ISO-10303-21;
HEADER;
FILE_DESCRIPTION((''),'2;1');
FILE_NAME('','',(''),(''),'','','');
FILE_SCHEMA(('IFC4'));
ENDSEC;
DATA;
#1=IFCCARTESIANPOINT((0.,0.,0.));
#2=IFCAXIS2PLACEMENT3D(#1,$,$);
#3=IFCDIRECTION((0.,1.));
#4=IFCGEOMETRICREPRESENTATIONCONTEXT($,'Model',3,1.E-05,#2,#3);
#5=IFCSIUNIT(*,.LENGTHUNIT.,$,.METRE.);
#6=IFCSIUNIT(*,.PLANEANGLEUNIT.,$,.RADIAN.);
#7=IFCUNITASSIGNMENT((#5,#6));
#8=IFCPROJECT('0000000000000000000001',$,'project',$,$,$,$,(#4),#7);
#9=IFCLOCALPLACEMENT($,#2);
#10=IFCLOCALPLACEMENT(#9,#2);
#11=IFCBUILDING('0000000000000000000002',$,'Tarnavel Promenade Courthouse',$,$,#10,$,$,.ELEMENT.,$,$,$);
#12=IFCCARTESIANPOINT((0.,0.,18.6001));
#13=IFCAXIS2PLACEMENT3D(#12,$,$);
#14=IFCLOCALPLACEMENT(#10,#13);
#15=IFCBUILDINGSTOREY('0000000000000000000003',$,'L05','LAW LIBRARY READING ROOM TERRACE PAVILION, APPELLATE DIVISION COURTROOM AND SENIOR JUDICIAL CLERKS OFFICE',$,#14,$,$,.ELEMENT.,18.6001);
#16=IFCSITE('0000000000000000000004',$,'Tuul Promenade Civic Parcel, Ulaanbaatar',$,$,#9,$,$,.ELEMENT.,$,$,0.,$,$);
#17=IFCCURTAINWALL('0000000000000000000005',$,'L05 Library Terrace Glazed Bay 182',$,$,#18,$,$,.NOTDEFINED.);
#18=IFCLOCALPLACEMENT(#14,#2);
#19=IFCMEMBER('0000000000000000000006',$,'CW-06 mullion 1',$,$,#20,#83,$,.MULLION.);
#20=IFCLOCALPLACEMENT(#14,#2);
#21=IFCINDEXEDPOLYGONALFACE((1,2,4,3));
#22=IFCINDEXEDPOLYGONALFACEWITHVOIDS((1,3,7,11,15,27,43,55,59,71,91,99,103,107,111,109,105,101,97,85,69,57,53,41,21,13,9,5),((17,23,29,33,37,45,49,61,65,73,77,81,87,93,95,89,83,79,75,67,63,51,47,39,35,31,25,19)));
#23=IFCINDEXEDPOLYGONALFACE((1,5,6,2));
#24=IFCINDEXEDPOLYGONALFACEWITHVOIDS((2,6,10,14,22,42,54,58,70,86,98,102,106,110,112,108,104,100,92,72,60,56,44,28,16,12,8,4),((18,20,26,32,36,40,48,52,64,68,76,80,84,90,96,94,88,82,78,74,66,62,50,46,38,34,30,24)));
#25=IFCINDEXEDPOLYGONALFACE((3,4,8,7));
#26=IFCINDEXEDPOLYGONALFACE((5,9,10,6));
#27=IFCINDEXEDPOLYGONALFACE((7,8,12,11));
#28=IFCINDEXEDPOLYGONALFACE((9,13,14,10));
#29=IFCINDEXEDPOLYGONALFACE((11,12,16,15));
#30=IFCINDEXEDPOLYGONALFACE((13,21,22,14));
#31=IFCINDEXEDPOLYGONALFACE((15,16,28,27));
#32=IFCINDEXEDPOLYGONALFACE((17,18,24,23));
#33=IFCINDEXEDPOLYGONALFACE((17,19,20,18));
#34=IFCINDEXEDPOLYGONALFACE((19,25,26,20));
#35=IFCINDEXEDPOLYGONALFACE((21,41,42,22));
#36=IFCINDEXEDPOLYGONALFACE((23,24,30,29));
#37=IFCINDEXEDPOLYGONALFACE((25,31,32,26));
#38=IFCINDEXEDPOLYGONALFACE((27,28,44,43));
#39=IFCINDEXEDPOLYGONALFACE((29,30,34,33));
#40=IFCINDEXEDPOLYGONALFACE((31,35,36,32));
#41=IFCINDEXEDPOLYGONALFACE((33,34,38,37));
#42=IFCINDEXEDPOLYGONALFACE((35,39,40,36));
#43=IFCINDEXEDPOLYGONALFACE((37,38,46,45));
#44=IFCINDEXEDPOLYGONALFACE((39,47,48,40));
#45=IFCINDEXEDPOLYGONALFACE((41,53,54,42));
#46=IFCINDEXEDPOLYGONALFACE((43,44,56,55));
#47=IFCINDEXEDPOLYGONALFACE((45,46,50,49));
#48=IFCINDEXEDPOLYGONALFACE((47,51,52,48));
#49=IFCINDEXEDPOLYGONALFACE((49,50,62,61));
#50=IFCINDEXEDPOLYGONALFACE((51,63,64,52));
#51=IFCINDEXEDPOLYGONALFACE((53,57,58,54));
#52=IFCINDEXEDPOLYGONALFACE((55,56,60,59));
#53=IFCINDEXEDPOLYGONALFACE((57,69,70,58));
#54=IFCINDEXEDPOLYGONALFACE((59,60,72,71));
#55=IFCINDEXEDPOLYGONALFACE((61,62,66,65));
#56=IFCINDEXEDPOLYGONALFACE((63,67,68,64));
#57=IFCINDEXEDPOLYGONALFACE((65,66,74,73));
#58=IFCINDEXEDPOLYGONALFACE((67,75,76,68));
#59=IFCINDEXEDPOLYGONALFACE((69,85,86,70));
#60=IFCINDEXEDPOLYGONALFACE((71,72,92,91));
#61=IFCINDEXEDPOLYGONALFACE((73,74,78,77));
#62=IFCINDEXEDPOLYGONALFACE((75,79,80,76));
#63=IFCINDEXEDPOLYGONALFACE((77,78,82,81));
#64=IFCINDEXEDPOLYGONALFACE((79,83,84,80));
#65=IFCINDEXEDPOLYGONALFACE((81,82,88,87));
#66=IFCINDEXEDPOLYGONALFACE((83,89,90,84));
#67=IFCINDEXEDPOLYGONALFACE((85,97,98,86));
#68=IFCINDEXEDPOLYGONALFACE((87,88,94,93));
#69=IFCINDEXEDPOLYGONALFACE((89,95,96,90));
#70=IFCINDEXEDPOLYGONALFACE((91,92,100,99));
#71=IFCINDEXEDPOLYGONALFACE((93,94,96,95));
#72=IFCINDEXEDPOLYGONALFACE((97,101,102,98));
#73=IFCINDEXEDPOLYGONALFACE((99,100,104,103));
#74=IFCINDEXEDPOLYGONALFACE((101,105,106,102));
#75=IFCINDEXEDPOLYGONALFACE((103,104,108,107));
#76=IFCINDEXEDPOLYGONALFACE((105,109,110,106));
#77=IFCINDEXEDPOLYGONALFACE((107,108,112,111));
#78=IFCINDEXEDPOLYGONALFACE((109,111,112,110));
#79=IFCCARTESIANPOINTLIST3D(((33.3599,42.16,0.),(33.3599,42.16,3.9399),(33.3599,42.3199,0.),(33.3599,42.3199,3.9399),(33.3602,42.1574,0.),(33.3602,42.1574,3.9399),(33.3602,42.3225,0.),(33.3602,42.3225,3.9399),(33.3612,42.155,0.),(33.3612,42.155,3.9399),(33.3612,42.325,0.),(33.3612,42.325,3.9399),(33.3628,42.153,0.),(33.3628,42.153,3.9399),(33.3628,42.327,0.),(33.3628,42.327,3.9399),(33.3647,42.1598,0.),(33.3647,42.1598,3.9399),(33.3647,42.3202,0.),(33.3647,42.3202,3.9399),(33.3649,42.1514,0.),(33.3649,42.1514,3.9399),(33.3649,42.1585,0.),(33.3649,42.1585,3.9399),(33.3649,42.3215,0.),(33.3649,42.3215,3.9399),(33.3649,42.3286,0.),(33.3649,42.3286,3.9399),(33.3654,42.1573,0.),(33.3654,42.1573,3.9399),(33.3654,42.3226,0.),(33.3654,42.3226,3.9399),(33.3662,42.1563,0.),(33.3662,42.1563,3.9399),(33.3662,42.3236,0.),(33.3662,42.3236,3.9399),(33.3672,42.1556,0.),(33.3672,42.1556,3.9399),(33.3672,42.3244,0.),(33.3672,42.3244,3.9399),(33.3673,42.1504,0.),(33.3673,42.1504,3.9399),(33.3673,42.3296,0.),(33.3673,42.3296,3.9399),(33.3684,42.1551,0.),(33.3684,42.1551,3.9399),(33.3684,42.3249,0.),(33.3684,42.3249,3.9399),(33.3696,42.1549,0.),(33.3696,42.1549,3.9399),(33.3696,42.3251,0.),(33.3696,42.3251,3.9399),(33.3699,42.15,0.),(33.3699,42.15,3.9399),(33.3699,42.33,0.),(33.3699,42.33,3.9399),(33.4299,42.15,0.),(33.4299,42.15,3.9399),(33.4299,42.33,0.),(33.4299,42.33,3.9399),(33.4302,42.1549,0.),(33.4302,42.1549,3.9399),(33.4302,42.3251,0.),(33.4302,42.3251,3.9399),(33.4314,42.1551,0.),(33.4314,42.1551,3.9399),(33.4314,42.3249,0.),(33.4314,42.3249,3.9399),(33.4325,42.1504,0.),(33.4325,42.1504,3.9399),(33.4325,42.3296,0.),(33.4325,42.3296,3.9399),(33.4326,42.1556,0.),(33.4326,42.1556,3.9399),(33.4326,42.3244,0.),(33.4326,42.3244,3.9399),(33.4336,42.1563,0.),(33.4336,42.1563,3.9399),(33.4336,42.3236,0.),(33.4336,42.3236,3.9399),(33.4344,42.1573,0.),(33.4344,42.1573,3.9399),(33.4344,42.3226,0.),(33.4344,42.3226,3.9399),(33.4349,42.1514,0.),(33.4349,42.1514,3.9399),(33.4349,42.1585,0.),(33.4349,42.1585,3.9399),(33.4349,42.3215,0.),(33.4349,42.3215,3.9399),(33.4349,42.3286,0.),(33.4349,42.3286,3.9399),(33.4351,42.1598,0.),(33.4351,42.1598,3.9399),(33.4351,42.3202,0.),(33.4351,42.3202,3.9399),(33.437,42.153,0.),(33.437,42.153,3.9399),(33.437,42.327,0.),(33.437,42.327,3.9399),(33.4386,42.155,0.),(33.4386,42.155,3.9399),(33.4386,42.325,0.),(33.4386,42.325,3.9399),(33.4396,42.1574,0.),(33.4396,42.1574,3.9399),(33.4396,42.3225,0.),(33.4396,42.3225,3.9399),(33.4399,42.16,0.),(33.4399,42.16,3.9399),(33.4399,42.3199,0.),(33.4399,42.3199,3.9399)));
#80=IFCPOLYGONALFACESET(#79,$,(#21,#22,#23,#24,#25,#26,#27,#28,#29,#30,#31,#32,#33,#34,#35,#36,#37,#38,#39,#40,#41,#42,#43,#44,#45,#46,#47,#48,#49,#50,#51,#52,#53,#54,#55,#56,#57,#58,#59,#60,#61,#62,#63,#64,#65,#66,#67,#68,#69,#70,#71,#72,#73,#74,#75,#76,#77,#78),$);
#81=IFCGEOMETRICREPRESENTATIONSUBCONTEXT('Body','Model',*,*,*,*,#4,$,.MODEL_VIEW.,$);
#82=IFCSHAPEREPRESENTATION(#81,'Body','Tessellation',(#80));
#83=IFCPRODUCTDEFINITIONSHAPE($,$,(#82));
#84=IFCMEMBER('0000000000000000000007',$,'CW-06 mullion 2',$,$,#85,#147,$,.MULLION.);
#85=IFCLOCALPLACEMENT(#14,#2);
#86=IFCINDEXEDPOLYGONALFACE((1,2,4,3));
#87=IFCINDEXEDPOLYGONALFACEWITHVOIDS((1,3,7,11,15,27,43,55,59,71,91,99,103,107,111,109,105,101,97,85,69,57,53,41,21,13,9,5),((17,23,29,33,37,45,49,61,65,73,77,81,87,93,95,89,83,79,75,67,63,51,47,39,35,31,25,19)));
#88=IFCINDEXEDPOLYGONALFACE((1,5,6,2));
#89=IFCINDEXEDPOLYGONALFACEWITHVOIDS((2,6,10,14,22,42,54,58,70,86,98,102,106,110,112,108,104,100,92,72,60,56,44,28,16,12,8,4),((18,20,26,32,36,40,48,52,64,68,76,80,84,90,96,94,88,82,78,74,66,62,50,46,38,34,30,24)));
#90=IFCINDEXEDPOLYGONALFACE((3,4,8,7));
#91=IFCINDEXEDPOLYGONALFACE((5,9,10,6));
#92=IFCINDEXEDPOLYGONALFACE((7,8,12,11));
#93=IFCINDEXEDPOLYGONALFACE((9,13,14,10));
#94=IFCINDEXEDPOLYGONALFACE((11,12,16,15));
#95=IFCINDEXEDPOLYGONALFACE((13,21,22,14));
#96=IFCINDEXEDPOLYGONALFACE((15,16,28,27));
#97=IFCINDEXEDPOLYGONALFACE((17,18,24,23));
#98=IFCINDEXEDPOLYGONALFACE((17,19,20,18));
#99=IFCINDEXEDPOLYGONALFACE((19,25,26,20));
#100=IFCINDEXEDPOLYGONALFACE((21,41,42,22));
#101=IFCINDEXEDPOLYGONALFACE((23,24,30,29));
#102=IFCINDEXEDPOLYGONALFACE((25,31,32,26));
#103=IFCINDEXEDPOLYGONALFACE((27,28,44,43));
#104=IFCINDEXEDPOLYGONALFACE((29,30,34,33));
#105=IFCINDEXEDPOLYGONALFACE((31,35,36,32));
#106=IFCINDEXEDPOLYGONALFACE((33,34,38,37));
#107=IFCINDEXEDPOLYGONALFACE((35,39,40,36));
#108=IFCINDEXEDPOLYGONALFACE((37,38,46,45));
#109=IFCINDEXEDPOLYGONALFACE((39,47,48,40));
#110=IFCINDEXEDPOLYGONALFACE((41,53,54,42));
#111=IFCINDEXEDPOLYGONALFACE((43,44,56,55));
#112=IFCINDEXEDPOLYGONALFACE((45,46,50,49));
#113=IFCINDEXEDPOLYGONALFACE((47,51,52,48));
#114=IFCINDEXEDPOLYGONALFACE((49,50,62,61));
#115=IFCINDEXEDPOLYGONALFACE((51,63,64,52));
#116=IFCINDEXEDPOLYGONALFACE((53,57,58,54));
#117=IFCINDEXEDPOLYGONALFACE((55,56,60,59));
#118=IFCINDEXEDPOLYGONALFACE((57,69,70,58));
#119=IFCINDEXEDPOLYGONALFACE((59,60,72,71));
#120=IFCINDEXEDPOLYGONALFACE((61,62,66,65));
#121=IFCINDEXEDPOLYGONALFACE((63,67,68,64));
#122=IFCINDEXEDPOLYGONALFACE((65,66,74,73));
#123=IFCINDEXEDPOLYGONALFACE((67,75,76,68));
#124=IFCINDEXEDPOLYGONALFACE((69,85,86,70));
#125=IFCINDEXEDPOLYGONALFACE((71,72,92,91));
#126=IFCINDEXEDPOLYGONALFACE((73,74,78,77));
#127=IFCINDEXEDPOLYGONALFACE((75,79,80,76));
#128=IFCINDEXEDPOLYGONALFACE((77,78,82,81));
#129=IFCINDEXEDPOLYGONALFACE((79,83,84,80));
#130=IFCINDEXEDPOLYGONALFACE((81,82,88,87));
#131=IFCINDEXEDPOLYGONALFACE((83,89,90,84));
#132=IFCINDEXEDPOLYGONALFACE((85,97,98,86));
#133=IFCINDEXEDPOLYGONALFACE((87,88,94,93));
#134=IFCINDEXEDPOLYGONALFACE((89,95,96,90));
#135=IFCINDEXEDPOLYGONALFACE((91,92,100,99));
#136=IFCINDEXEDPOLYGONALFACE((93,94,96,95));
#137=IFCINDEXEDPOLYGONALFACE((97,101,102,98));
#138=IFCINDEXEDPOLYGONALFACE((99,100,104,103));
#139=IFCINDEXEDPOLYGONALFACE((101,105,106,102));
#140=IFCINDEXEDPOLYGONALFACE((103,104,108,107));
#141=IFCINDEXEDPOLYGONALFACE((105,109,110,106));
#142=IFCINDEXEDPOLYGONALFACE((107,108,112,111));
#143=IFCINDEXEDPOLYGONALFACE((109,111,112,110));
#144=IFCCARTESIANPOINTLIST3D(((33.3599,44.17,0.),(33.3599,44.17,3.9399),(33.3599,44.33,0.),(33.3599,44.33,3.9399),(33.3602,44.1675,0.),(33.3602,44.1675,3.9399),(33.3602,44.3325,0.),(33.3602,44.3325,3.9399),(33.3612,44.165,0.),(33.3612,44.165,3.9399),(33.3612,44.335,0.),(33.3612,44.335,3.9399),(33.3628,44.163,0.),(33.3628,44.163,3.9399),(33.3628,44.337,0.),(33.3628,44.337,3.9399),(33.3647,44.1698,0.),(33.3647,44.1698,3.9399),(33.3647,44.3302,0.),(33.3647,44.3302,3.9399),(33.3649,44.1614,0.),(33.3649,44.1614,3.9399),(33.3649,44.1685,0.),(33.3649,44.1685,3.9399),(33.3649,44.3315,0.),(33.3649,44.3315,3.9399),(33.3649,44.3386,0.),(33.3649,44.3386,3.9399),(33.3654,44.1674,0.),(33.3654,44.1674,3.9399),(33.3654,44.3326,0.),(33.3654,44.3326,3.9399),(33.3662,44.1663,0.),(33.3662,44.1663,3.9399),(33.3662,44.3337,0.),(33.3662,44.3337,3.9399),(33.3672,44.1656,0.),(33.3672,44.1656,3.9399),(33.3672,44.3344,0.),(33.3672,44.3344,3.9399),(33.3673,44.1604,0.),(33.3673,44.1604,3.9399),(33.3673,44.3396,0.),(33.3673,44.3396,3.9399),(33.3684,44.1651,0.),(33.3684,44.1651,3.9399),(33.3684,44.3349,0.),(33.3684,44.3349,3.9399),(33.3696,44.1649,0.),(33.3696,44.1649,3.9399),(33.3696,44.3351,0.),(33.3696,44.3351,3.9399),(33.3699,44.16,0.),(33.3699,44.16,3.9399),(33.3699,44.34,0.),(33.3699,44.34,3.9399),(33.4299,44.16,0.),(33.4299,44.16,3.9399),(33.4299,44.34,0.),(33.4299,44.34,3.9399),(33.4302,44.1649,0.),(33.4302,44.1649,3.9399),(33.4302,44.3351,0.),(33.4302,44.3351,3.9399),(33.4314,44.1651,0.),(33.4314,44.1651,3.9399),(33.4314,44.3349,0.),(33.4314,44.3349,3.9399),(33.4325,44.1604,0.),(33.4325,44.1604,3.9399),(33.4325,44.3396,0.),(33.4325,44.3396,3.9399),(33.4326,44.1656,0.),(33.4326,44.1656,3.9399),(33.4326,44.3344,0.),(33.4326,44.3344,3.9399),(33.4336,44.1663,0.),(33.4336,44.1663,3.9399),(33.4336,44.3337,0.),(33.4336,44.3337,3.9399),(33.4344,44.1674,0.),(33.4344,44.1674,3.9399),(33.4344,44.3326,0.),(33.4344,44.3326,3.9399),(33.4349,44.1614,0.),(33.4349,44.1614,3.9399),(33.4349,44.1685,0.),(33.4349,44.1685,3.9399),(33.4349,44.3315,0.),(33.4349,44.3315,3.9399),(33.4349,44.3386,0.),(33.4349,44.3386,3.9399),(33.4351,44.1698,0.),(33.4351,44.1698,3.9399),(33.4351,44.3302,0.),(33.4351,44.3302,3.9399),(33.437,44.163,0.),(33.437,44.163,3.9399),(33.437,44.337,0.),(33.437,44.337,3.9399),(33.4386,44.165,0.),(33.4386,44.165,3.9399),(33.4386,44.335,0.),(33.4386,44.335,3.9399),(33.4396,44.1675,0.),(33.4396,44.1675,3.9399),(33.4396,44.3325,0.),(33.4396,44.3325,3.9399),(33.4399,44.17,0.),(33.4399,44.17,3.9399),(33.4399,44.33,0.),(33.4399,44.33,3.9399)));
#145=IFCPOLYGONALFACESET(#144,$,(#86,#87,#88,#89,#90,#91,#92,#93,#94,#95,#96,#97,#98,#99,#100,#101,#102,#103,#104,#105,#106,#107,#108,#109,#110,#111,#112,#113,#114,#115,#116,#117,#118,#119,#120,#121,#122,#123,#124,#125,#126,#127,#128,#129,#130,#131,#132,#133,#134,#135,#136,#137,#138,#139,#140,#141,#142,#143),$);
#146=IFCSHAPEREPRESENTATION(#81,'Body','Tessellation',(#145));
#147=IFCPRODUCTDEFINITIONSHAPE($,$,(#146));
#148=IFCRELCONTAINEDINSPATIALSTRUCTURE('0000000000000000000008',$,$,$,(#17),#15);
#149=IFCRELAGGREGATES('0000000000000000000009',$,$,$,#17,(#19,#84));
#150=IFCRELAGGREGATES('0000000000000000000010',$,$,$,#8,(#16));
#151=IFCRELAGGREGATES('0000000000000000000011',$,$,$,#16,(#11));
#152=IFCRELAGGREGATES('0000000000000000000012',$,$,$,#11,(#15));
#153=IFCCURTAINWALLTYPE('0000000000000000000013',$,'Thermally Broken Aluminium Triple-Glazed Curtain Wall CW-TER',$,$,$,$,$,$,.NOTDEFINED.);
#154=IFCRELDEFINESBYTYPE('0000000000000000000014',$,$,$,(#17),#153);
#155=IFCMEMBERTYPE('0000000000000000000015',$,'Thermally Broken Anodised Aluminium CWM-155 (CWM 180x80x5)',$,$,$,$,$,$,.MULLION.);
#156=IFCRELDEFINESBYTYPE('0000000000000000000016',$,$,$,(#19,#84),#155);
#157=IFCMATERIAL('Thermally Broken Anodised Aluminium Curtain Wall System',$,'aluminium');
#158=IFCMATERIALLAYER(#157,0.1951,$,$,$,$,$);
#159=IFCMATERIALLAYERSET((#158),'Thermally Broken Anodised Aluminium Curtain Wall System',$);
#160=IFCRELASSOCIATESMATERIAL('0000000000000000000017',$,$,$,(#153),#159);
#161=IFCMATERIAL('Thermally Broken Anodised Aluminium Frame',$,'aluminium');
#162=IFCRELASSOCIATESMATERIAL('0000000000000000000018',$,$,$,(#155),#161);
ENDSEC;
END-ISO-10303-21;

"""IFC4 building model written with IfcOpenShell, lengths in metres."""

from ifc_helpers import new_model, si_unit, direction, frame, origin, origin_2d, place, context, subcontext, project, spatial, hollow_rectangle, extrude, material, layer, layer_set, material_profile, profile_set, type_object, element, aggregate, save


model = new_model("IFC4")

# Units and contexts
model_context = context("Model", 3, precision=1e-05, world=origin(), true_north=direction((0.0, 1.0)))
body_context = subcontext(model_context, "Body", "Model", "MODEL_VIEW")
ifc_project = project(units=[si_unit("LENGTHUNIT", "METRE"), si_unit("PLANEANGLEUNIT", "RADIAN")], contexts=[model_context])

# Site, building, storey
site_placement = place(None, origin())
site = spatial("IfcSite", under=ifc_project, at=site_placement, Name="Tuul Promenade Civic Parcel, Ulaanbaatar", CompositionType="ELEMENT", RefElevation=0.0)
building_placement = place(site_placement, origin())
building = spatial("IfcBuilding", under=site, at=building_placement, Name="Tarnavel Promenade Courthouse", CompositionType="ELEMENT")
storey_placement = place(building_placement, frame((0.0, 0.0, 18.6001)))
storey = spatial("IfcBuildingStorey", under=building, at=storey_placement, Name="L05", Description="LAW LIBRARY READING ROOM TERRACE PAVILION, APPELLATE DIVISION COURTROOM AND SENIOR JUDICIAL CLERKS OFFICE", CompositionType="ELEMENT", Elevation=18.6001)

# Curtain wall, members
ifc_material_1 = material(Name="Thermally Broken Anodised Aluminium Curtain Wall System", Category="aluminium")
ifc_layer_1 = layer(ifc_material_1, 0.1951)
ifc_layer_set_1 = layer_set([ifc_layer_1], Name="Thermally Broken Anodised Aluminium Curtain Wall System")
curtain_wall_type = type_object("IfcCurtainWallType", Name="Thermally Broken Aluminium Triple-Glazed Curtain Wall CW-TER", PredefinedType="NOTDEFINED", material=ifc_layer_set_1)
ifc_material_2 = material(Name="Thermally Broken Anodised Aluminium Frame", Category="aluminium")
ifc_material_profile_1 = material_profile(ifc_material_2, hollow_rectangle(XDim=0.0801, YDim=0.1799, WallThickness=0.0049, InnerFilletRadius=0.0049, OuterFilletRadius=0.01, at=origin_2d()), Name="CWM 180x80x5")
ifc_profile_set_1 = profile_set([ifc_material_profile_1], Name="Thermally Broken Anodised Aluminium Frame")
member_type_1 = type_object("IfcMemberType", Name="Thermally Broken Anodised Aluminium CWM-155 (CWM 180x80x5)", PredefinedType="MULLION", material=ifc_profile_set_1)
curtain_wall_1_placement = place(storey_placement, origin())
curtain_wall_1 = element("IfcCurtainWall", 1, at=curtain_wall_1_placement, inside=storey, type_object=curtain_wall_type, Name="L05 Library Terrace Glazed Bay 182", PredefinedType="NOTDEFINED")
member_1_placement = place(storey_placement, frame((33.3999, 42.24, 0.0), z_axis=(0.0, 0.0, 1.0), x_axis=(-1.0, 0.0, 0.0)))
member_1 = element("IfcMember", 2, at=member_1_placement, type_object=member_type_1, Name="CW-06 mullion 1", PredefinedType="MULLION", context=body_context, shape_type="SweptSolid", body=[
    extrude(hollow_rectangle(XDim=0.0801, YDim=0.1799, WallThickness=0.0049, InnerFilletRadius=0.0049, OuterFilletRadius=0.01, at=origin_2d()), origin(), (0.0, 0.0, 1.0), 3.9399),
])
member_2_placement = place(storey_placement, frame((33.3999, 44.25, 0.0), z_axis=(0.0, 0.0, 1.0), x_axis=(-1.0, 0.0, 0.0)))
member_2 = element("IfcMember", 3, at=member_2_placement, type_object=member_type_1, Name="CW-06 mullion 2", PredefinedType="MULLION", context=body_context, shape_type="SweptSolid", body=[
    extrude(hollow_rectangle(XDim=0.0801, YDim=0.1799, WallThickness=0.0049, InnerFilletRadius=0.0049, OuterFilletRadius=0.01, at=origin_2d()), origin(), (0.0, 0.0, 1.0), 3.9399),
])

aggregate(curtain_wall_1, [member_1, member_2])

save(model, "model.ifc")
